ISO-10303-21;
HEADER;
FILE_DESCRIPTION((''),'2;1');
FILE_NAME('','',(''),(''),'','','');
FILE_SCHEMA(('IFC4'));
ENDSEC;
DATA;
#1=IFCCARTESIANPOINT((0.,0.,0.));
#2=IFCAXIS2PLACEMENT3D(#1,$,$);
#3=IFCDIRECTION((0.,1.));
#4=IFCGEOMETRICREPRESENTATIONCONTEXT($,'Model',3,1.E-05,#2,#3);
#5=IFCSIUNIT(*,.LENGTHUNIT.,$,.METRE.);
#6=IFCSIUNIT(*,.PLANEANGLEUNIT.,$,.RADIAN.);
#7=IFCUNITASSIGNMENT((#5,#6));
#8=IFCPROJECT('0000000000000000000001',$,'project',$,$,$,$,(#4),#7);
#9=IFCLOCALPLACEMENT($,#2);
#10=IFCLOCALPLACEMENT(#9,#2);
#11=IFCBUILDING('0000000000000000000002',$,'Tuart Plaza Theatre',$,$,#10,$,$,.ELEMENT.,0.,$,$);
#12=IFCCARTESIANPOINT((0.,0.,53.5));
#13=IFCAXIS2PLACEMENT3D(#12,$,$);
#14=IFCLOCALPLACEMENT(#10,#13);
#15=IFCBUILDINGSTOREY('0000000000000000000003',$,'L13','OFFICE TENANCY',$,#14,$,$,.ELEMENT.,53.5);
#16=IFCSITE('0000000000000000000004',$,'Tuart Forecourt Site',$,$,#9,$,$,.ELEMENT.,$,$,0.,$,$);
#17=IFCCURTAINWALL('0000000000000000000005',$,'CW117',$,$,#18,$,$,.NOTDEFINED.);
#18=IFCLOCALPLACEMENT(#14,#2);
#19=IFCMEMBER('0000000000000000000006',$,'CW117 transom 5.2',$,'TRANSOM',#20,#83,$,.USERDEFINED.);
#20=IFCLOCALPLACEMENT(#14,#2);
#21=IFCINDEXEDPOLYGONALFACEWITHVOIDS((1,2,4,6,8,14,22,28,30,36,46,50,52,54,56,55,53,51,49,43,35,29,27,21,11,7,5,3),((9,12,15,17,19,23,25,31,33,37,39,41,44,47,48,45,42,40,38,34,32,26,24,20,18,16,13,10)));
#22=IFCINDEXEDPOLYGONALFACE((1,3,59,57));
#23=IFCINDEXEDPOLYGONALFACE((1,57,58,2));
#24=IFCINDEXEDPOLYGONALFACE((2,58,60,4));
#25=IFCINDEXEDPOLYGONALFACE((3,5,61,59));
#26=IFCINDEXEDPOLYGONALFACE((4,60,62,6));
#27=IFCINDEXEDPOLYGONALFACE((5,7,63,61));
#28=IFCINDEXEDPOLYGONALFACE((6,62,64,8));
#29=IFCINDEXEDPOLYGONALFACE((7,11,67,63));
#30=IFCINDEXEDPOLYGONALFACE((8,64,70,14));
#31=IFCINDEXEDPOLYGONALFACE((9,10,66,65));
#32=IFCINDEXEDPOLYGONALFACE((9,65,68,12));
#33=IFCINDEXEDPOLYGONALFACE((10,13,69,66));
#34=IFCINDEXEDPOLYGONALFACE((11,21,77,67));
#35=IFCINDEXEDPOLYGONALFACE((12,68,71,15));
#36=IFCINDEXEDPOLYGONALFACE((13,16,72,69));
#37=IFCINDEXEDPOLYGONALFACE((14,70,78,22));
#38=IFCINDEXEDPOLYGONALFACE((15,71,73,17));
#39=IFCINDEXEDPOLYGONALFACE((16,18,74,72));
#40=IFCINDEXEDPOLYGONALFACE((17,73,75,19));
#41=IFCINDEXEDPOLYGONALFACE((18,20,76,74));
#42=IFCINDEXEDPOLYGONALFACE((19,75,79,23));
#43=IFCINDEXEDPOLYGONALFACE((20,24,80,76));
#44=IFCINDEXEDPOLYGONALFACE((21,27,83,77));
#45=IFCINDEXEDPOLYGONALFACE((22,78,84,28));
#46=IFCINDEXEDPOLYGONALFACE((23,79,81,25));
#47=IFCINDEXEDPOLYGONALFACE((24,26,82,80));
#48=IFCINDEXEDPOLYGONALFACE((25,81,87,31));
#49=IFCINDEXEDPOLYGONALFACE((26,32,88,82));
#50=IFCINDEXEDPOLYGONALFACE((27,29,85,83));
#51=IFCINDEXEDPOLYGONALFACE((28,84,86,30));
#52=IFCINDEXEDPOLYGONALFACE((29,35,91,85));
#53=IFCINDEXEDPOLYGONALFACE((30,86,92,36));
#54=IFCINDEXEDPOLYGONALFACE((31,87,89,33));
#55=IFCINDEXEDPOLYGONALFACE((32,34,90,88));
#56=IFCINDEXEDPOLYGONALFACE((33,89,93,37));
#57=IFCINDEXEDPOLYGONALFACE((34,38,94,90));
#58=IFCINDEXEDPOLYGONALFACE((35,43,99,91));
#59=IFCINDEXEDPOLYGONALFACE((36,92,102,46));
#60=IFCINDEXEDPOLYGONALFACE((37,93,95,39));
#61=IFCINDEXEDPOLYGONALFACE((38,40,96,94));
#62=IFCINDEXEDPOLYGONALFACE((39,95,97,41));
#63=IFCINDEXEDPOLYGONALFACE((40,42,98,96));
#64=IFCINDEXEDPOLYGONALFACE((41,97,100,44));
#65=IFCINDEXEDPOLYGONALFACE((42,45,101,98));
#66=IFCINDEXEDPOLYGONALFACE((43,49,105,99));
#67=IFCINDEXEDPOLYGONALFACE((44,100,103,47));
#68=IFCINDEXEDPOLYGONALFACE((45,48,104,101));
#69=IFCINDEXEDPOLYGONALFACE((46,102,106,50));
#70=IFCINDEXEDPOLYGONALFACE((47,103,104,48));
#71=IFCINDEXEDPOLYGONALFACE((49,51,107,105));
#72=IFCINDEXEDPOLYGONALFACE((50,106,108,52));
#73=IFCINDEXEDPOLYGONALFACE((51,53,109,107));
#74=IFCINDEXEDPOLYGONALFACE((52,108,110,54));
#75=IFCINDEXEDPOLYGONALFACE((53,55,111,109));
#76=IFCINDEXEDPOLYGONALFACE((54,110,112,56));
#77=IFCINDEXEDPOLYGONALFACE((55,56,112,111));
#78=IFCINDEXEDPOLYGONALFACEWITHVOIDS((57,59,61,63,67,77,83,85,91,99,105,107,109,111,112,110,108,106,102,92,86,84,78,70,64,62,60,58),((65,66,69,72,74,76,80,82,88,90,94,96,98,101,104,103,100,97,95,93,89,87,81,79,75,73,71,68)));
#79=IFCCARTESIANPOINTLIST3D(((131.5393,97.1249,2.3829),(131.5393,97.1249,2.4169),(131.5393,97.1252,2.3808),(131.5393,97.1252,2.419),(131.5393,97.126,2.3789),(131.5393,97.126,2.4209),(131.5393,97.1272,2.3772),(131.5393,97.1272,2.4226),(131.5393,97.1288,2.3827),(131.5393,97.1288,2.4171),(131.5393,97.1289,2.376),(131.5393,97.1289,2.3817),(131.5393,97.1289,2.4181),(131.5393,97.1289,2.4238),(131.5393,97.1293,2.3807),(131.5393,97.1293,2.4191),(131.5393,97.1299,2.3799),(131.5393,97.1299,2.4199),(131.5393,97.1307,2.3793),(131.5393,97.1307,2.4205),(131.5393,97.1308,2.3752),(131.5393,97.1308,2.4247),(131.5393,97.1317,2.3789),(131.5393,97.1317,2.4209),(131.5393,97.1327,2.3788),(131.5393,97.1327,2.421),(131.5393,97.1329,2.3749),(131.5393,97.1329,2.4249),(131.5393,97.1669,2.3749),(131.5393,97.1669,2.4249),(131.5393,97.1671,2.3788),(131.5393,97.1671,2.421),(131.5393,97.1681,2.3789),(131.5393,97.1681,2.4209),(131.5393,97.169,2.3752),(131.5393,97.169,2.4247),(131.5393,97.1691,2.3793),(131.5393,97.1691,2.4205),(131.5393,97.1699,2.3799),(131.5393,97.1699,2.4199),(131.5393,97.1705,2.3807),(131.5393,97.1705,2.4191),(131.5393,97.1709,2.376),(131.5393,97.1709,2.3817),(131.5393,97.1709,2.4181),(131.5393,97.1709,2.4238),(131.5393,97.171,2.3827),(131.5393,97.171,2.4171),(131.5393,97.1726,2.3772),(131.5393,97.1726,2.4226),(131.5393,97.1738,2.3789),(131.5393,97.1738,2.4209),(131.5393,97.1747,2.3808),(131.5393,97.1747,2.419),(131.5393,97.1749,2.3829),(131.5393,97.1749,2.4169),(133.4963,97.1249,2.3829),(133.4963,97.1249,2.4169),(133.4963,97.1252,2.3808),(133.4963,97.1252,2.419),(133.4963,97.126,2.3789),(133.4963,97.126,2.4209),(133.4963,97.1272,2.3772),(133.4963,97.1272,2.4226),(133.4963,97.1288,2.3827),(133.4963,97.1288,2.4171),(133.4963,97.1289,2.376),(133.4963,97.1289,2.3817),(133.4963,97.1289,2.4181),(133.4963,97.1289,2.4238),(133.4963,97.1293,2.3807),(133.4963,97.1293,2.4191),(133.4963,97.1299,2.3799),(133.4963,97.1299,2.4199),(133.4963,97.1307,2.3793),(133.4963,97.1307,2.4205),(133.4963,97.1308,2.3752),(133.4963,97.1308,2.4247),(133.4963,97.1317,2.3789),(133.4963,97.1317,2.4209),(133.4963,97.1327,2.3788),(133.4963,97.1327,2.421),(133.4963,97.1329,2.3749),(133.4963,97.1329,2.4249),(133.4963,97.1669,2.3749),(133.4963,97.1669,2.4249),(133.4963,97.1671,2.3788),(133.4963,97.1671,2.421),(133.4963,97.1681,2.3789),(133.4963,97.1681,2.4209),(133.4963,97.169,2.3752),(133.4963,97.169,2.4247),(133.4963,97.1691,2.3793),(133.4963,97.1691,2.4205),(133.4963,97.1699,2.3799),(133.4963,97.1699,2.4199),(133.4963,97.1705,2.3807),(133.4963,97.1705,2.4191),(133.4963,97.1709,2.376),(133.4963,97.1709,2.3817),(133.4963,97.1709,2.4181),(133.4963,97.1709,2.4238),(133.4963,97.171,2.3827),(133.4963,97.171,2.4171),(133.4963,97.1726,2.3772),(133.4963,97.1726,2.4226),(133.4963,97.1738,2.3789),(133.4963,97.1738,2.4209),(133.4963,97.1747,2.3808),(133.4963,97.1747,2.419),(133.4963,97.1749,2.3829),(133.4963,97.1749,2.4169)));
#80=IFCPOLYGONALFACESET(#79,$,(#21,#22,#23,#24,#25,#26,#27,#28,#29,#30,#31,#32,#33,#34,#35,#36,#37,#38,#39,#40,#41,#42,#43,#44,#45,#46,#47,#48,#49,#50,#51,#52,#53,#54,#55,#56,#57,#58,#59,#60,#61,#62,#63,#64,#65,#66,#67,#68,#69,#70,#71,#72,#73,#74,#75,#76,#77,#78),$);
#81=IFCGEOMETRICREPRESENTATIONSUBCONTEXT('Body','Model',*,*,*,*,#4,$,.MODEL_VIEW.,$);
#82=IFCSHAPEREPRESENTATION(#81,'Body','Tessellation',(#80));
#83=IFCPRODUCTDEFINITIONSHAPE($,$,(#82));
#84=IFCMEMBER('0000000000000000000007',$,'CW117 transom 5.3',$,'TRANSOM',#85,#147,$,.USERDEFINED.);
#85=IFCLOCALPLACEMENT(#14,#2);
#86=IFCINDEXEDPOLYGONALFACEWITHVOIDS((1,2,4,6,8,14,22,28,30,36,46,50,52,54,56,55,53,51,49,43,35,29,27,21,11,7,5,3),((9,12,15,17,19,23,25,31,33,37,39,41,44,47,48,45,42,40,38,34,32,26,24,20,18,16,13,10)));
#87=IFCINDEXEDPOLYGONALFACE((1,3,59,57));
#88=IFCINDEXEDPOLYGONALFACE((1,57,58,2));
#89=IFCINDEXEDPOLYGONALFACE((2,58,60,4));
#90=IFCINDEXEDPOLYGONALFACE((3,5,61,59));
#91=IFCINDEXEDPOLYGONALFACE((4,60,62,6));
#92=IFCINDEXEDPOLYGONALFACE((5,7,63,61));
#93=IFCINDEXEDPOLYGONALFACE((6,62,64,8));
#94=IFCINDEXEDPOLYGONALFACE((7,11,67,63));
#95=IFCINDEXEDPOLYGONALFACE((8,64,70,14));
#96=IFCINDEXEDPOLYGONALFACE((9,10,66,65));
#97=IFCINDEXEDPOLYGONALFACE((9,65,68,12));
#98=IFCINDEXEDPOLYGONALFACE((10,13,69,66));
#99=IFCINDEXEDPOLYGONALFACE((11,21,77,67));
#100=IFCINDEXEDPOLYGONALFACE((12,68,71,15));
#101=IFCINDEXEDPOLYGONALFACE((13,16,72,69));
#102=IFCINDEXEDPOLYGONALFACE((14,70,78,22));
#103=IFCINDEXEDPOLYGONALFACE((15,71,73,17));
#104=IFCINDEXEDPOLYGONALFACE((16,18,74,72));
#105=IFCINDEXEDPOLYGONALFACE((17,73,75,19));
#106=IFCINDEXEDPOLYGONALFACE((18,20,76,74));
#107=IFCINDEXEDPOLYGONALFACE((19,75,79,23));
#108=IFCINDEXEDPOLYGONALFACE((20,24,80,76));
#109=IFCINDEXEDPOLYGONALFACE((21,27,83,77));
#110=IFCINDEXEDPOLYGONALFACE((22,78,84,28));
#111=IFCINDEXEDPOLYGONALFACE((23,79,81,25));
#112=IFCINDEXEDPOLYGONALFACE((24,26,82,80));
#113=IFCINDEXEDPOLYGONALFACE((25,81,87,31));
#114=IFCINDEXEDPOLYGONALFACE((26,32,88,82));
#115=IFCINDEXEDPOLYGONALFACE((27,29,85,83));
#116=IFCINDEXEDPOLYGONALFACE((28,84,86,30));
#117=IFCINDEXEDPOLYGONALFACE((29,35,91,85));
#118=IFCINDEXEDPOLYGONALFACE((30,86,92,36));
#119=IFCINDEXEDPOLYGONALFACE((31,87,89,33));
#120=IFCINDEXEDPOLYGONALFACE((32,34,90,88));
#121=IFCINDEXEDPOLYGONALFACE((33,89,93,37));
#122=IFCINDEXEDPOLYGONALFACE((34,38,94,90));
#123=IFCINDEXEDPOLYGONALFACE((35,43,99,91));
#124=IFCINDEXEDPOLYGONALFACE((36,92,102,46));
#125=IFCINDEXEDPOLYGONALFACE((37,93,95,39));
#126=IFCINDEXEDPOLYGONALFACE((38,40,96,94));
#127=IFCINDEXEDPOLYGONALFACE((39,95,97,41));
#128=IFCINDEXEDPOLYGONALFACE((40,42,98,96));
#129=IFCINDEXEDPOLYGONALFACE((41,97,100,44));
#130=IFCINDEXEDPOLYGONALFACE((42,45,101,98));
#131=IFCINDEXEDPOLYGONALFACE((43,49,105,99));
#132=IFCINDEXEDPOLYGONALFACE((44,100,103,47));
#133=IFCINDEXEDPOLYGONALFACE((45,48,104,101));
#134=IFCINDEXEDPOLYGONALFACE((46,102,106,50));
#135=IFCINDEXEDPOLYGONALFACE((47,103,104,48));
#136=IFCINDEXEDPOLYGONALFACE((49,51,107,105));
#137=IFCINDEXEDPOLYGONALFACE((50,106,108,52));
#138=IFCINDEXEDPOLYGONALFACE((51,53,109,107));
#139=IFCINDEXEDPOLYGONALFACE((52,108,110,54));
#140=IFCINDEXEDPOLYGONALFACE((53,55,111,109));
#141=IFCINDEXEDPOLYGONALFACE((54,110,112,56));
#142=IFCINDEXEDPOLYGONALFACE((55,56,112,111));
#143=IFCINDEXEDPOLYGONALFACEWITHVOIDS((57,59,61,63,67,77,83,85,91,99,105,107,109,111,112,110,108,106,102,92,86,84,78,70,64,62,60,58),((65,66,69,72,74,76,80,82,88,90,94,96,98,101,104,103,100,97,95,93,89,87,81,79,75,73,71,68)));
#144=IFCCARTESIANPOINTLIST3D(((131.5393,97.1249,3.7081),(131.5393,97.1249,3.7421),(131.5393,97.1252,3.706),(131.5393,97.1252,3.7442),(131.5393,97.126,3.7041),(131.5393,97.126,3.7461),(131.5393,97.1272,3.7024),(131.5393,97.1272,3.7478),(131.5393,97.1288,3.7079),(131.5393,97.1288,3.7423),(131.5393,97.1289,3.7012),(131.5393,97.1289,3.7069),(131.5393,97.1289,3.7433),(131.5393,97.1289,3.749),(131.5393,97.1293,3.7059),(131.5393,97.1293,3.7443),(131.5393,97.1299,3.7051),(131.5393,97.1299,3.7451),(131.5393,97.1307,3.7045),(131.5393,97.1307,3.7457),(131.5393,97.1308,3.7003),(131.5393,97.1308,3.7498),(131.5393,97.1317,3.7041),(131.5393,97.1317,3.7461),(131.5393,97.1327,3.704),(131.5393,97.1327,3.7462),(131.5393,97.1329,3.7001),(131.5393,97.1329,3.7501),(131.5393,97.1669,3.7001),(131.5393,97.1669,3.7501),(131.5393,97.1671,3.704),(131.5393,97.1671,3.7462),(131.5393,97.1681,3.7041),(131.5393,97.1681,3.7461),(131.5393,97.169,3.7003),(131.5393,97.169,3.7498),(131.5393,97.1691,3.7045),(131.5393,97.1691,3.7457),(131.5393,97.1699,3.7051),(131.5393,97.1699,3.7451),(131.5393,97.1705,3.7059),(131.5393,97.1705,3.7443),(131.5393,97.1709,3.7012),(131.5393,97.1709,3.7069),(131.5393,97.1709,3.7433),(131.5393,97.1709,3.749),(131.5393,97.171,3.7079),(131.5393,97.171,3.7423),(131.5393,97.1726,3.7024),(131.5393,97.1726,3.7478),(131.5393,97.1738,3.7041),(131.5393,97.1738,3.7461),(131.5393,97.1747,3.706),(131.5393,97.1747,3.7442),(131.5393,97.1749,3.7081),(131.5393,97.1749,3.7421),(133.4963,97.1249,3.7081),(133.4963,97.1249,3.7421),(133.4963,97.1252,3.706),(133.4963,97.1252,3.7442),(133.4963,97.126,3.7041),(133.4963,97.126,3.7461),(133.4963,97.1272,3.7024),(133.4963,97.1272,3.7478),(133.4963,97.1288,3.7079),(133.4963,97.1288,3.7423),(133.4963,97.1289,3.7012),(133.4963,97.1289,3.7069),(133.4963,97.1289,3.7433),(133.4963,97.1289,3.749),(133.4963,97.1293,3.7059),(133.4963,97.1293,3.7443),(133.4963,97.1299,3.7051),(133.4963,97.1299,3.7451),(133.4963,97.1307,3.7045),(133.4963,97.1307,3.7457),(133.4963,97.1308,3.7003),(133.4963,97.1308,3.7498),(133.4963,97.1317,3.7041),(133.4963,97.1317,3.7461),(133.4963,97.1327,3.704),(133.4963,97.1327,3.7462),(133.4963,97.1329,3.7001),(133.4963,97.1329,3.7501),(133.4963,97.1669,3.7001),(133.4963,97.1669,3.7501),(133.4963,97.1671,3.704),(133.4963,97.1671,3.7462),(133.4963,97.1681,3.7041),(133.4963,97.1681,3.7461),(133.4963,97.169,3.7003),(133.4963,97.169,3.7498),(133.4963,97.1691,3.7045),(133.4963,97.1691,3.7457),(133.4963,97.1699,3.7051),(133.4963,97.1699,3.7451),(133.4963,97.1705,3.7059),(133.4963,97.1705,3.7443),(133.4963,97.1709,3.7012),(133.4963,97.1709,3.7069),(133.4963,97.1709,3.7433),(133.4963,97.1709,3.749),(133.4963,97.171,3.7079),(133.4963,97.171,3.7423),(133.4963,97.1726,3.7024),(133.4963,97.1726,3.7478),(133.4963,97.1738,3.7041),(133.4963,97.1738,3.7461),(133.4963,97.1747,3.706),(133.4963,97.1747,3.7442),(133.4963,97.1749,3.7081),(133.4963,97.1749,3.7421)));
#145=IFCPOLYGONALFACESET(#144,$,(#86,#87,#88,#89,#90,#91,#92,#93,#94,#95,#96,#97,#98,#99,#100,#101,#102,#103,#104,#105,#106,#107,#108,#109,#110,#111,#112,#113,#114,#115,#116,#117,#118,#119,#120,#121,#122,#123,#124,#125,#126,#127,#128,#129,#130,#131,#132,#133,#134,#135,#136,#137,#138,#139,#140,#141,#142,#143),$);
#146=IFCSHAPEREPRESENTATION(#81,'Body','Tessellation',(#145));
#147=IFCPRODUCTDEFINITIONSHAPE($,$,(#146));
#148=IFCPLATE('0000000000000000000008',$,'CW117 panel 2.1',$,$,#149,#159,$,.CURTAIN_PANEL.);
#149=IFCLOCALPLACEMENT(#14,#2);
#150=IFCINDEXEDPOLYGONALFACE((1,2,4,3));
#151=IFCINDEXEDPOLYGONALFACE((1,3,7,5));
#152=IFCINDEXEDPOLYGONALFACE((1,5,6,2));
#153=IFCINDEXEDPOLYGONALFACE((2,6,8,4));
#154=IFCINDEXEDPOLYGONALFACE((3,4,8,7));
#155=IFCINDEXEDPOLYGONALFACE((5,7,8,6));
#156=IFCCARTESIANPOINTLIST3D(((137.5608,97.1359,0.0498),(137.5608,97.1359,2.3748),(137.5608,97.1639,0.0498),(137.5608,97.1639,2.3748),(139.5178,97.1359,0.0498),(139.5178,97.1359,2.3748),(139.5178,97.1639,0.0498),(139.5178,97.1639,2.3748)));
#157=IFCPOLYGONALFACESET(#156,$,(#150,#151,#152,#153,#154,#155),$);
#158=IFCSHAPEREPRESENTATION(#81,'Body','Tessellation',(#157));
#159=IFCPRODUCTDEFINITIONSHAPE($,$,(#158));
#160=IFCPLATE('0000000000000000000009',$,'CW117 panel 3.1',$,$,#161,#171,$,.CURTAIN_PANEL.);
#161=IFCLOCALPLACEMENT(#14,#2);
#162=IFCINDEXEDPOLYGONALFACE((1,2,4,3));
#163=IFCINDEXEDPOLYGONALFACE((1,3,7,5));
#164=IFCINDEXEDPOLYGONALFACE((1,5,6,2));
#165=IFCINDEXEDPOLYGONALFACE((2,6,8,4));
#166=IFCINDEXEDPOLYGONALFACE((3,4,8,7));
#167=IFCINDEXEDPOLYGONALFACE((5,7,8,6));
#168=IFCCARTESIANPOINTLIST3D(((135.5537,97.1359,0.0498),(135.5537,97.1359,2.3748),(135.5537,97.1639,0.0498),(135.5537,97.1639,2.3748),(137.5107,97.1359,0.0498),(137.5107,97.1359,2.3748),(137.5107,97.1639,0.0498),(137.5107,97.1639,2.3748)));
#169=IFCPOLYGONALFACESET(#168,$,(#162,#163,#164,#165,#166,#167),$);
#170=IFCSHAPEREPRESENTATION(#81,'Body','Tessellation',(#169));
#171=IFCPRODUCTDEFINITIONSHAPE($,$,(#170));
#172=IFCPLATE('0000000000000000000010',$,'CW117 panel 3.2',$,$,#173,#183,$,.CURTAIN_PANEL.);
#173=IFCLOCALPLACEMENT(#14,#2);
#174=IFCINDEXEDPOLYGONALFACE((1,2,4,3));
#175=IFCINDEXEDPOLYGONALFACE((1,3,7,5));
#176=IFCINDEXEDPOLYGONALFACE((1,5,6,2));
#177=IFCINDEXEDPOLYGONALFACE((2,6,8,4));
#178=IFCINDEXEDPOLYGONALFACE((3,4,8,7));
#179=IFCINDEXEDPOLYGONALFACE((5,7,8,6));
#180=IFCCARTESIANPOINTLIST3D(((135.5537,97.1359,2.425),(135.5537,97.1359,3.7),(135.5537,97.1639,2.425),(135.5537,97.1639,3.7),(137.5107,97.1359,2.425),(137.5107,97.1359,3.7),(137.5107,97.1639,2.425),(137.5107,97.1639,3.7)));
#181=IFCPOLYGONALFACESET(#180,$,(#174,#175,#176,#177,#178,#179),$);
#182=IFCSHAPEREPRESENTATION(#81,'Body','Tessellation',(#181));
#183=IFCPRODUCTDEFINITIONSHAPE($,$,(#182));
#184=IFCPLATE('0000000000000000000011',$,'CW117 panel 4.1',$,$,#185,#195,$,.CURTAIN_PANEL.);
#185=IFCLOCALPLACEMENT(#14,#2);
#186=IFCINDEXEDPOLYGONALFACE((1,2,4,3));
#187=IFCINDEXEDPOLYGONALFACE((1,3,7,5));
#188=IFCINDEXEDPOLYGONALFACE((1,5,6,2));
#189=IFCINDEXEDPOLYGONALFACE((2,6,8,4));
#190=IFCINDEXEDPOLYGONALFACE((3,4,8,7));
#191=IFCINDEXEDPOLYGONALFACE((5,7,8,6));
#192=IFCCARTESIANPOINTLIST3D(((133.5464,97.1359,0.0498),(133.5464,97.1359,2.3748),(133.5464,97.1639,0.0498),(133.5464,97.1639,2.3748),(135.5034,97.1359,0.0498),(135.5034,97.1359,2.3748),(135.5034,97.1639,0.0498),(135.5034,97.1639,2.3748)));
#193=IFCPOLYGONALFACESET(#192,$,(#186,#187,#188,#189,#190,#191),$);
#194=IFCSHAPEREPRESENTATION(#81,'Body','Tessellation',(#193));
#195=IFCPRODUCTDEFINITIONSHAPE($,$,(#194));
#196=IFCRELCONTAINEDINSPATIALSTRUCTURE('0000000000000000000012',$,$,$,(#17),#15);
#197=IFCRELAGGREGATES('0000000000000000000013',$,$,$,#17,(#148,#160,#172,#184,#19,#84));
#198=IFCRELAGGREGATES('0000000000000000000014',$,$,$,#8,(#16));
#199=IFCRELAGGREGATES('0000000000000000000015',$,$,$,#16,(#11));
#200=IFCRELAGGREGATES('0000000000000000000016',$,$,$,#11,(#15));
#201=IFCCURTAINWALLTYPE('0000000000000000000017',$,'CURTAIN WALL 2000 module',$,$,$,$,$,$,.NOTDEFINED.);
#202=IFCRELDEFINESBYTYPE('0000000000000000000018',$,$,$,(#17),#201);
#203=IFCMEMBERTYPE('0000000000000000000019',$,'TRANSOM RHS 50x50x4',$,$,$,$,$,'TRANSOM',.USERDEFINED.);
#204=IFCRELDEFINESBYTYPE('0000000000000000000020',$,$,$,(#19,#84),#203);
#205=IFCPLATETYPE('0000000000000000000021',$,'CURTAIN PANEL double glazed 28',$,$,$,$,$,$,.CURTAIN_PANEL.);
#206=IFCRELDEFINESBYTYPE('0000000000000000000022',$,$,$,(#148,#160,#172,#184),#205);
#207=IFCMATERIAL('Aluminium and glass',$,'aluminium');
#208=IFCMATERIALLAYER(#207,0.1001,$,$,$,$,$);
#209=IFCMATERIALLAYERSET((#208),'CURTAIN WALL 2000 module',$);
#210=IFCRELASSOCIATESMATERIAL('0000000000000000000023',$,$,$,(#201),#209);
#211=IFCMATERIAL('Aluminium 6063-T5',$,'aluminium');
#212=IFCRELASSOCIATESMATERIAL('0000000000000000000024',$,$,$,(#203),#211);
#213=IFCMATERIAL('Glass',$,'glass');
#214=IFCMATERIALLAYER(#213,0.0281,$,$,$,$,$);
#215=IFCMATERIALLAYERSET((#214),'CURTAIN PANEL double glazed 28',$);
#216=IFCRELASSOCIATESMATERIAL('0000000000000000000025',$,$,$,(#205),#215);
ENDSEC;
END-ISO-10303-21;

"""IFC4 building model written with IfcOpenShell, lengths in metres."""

from ifc_helpers import new_model, si_unit, direction, frame, origin, origin_2d, place, context, subcontext, project, spatial, rectangle, hollow_rectangle, extrude, material, layer, layer_set, material_profile, profile_set, type_object, element, aggregate, save


model = new_model("IFC4")

# Units and contexts
model_context = context("Model", 3, precision=1e-05, world=origin(), true_north=direction((0.0, 1.0)))
body_context = subcontext(model_context, "Body", "Model", "MODEL_VIEW")
ifc_project = project(units=[si_unit("LENGTHUNIT", "METRE"), si_unit("PLANEANGLEUNIT", "RADIAN")], contexts=[model_context])

# Site, building, storey
site_placement = place(None, origin())
site = spatial("IfcSite", under=ifc_project, at=site_placement, Name="Tuart Forecourt Site", CompositionType="ELEMENT", RefElevation=0.0)
building_placement = place(site_placement, origin())
building = spatial("IfcBuilding", under=site, at=building_placement, Name="Tuart Plaza Theatre", CompositionType="ELEMENT", ElevationOfRefHeight=0.0)
storey_placement = place(building_placement, frame((0.0, 0.0, 53.5)))
storey = spatial("IfcBuildingStorey", under=building, at=storey_placement, Name="L13", Description="OFFICE TENANCY", CompositionType="ELEMENT", Elevation=53.5)

# Curtain wall, members, plates
ifc_material_1 = material(Name="Aluminium and glass", Category="aluminium")
ifc_layer_1 = layer(ifc_material_1, 0.1001)
ifc_layer_set_1 = layer_set([ifc_layer_1], Name="CURTAIN WALL 2000 module")
curtain_wall_type = type_object("IfcCurtainWallType", Name="CURTAIN WALL 2000 module", PredefinedType="NOTDEFINED", material=ifc_layer_set_1)
curtain_wall_placement = place(storey_placement, origin())
curtain_wall = element("IfcCurtainWall", 1, at=curtain_wall_placement, inside=storey, type_object=curtain_wall_type, Name="CW117", PredefinedType="NOTDEFINED")
ifc_material_2 = material(Name="Aluminium 6063-T5", Category="aluminium")
ifc_material_profile_1 = material_profile(ifc_material_2, hollow_rectangle(XDim=0.05, YDim=0.05, WallThickness=0.0039, InnerFilletRadius=0.0039, OuterFilletRadius=0.0081, at=origin_2d()), Name="RHS 50x50x4")
ifc_profile_set_1 = profile_set([ifc_material_profile_1], Name="Aluminium 6063-T5")
member_type_1 = type_object("IfcMemberType", Name="TRANSOM RHS 50x50x4", ElementType="TRANSOM", PredefinedType="USERDEFINED", material=ifc_profile_set_1)
member_1_placement = place(storey_placement, frame((133.4963, 97.1499, 2.3999), z_axis=(-1.0, 0.0, 0.0), x_axis=(0.0, -1.0, 0.0)))
member_1 = element("IfcMember", 2, at=member_1_placement, type_object=member_type_1, Name="CW117 transom 5.2", ObjectType="TRANSOM", PredefinedType="USERDEFINED", context=body_context, shape_type="SweptSolid", body=[
    extrude(hollow_rectangle(XDim=0.05, YDim=0.05, WallThickness=0.0039, InnerFilletRadius=0.0039, OuterFilletRadius=0.0081, at=origin_2d()), origin(), (0.0, 0.0, 1.0), 1.957),
])
member_2_placement = place(storey_placement, frame((133.4963, 97.1499, 3.7251), z_axis=(-1.0, 0.0, 0.0), x_axis=(0.0, -1.0, 0.0)))
member_2 = element("IfcMember", 3, at=member_2_placement, type_object=member_type_1, Name="CW117 transom 5.3", ObjectType="TRANSOM", PredefinedType="USERDEFINED", context=body_context, shape_type="SweptSolid", body=[
    extrude(hollow_rectangle(XDim=0.05, YDim=0.05, WallThickness=0.0039, InnerFilletRadius=0.0039, OuterFilletRadius=0.0081, at=origin_2d()), origin(), (0.0, 0.0, 1.0), 1.957),
])
ifc_material_3 = material(Name="Glass", Category="glass")
ifc_layer_2 = layer(ifc_material_3, 0.0281)
ifc_layer_set_2 = layer_set([ifc_layer_2], Name="CURTAIN PANEL double glazed 28")
plate_type = type_object("IfcPlateType", Name="CURTAIN PANEL double glazed 28", PredefinedType="CURTAIN_PANEL", material=ifc_layer_set_2)
plate_1_placement = place(storey_placement, frame((138.5393, 97.1499, 0.0498), z_axis=(0.0, 0.0, 1.0), x_axis=(-1.0, 0.0, 0.0)))
plate_1 = element("IfcPlate", 4, at=plate_1_placement, type_object=plate_type, Name="CW117 panel 2.1", PredefinedType="CURTAIN_PANEL", context=body_context, shape_type="SweptSolid", body=[
    extrude(rectangle(XDim=1.957, YDim=0.0281, at=origin_2d()), origin(), (0.0, 0.0, 1.0), 2.325),
])
plate_2_placement = place(storey_placement, frame((136.5322, 97.1499, 0.0498), z_axis=(0.0, 0.0, 1.0), x_axis=(-1.0, 0.0, 0.0)))
plate_2 = element("IfcPlate", 5, at=plate_2_placement, type_object=plate_type, Name="CW117 panel 3.1", PredefinedType="CURTAIN_PANEL", context=body_context, shape_type="SweptSolid", body=[
    extrude(rectangle(XDim=1.957, YDim=0.0281, at=origin_2d()), origin(), (0.0, 0.0, 1.0), 2.325),
])
plate_3_placement = place(storey_placement, frame((136.5322, 97.1499, 2.425), z_axis=(0.0, 0.0, 1.0), x_axis=(-1.0, 0.0, 0.0)))
plate_3 = element("IfcPlate", 6, at=plate_3_placement, type_object=plate_type, Name="CW117 panel 3.2", PredefinedType="CURTAIN_PANEL", context=body_context, shape_type="SweptSolid", body=[
    extrude(rectangle(XDim=1.957, YDim=0.0281, at=origin_2d()), origin(), (0.0, 0.0, 1.0), 1.2749),
])
plate_4_placement = place(storey_placement, frame((134.5249, 97.1499, 0.0498), z_axis=(0.0, 0.0, 1.0), x_axis=(-1.0, 0.0, 0.0)))
plate_4 = element("IfcPlate", 7, at=plate_4_placement, type_object=plate_type, Name="CW117 panel 4.1", PredefinedType="CURTAIN_PANEL", context=body_context, shape_type="SweptSolid", body=[
    extrude(rectangle(XDim=1.957, YDim=0.0281, at=origin_2d()), origin(), (0.0, 0.0, 1.0), 2.325),
])
aggregate(curtain_wall, [plate_1, plate_2, plate_3, plate_4, member_1, member_2])

save(model, "model.ifc")
